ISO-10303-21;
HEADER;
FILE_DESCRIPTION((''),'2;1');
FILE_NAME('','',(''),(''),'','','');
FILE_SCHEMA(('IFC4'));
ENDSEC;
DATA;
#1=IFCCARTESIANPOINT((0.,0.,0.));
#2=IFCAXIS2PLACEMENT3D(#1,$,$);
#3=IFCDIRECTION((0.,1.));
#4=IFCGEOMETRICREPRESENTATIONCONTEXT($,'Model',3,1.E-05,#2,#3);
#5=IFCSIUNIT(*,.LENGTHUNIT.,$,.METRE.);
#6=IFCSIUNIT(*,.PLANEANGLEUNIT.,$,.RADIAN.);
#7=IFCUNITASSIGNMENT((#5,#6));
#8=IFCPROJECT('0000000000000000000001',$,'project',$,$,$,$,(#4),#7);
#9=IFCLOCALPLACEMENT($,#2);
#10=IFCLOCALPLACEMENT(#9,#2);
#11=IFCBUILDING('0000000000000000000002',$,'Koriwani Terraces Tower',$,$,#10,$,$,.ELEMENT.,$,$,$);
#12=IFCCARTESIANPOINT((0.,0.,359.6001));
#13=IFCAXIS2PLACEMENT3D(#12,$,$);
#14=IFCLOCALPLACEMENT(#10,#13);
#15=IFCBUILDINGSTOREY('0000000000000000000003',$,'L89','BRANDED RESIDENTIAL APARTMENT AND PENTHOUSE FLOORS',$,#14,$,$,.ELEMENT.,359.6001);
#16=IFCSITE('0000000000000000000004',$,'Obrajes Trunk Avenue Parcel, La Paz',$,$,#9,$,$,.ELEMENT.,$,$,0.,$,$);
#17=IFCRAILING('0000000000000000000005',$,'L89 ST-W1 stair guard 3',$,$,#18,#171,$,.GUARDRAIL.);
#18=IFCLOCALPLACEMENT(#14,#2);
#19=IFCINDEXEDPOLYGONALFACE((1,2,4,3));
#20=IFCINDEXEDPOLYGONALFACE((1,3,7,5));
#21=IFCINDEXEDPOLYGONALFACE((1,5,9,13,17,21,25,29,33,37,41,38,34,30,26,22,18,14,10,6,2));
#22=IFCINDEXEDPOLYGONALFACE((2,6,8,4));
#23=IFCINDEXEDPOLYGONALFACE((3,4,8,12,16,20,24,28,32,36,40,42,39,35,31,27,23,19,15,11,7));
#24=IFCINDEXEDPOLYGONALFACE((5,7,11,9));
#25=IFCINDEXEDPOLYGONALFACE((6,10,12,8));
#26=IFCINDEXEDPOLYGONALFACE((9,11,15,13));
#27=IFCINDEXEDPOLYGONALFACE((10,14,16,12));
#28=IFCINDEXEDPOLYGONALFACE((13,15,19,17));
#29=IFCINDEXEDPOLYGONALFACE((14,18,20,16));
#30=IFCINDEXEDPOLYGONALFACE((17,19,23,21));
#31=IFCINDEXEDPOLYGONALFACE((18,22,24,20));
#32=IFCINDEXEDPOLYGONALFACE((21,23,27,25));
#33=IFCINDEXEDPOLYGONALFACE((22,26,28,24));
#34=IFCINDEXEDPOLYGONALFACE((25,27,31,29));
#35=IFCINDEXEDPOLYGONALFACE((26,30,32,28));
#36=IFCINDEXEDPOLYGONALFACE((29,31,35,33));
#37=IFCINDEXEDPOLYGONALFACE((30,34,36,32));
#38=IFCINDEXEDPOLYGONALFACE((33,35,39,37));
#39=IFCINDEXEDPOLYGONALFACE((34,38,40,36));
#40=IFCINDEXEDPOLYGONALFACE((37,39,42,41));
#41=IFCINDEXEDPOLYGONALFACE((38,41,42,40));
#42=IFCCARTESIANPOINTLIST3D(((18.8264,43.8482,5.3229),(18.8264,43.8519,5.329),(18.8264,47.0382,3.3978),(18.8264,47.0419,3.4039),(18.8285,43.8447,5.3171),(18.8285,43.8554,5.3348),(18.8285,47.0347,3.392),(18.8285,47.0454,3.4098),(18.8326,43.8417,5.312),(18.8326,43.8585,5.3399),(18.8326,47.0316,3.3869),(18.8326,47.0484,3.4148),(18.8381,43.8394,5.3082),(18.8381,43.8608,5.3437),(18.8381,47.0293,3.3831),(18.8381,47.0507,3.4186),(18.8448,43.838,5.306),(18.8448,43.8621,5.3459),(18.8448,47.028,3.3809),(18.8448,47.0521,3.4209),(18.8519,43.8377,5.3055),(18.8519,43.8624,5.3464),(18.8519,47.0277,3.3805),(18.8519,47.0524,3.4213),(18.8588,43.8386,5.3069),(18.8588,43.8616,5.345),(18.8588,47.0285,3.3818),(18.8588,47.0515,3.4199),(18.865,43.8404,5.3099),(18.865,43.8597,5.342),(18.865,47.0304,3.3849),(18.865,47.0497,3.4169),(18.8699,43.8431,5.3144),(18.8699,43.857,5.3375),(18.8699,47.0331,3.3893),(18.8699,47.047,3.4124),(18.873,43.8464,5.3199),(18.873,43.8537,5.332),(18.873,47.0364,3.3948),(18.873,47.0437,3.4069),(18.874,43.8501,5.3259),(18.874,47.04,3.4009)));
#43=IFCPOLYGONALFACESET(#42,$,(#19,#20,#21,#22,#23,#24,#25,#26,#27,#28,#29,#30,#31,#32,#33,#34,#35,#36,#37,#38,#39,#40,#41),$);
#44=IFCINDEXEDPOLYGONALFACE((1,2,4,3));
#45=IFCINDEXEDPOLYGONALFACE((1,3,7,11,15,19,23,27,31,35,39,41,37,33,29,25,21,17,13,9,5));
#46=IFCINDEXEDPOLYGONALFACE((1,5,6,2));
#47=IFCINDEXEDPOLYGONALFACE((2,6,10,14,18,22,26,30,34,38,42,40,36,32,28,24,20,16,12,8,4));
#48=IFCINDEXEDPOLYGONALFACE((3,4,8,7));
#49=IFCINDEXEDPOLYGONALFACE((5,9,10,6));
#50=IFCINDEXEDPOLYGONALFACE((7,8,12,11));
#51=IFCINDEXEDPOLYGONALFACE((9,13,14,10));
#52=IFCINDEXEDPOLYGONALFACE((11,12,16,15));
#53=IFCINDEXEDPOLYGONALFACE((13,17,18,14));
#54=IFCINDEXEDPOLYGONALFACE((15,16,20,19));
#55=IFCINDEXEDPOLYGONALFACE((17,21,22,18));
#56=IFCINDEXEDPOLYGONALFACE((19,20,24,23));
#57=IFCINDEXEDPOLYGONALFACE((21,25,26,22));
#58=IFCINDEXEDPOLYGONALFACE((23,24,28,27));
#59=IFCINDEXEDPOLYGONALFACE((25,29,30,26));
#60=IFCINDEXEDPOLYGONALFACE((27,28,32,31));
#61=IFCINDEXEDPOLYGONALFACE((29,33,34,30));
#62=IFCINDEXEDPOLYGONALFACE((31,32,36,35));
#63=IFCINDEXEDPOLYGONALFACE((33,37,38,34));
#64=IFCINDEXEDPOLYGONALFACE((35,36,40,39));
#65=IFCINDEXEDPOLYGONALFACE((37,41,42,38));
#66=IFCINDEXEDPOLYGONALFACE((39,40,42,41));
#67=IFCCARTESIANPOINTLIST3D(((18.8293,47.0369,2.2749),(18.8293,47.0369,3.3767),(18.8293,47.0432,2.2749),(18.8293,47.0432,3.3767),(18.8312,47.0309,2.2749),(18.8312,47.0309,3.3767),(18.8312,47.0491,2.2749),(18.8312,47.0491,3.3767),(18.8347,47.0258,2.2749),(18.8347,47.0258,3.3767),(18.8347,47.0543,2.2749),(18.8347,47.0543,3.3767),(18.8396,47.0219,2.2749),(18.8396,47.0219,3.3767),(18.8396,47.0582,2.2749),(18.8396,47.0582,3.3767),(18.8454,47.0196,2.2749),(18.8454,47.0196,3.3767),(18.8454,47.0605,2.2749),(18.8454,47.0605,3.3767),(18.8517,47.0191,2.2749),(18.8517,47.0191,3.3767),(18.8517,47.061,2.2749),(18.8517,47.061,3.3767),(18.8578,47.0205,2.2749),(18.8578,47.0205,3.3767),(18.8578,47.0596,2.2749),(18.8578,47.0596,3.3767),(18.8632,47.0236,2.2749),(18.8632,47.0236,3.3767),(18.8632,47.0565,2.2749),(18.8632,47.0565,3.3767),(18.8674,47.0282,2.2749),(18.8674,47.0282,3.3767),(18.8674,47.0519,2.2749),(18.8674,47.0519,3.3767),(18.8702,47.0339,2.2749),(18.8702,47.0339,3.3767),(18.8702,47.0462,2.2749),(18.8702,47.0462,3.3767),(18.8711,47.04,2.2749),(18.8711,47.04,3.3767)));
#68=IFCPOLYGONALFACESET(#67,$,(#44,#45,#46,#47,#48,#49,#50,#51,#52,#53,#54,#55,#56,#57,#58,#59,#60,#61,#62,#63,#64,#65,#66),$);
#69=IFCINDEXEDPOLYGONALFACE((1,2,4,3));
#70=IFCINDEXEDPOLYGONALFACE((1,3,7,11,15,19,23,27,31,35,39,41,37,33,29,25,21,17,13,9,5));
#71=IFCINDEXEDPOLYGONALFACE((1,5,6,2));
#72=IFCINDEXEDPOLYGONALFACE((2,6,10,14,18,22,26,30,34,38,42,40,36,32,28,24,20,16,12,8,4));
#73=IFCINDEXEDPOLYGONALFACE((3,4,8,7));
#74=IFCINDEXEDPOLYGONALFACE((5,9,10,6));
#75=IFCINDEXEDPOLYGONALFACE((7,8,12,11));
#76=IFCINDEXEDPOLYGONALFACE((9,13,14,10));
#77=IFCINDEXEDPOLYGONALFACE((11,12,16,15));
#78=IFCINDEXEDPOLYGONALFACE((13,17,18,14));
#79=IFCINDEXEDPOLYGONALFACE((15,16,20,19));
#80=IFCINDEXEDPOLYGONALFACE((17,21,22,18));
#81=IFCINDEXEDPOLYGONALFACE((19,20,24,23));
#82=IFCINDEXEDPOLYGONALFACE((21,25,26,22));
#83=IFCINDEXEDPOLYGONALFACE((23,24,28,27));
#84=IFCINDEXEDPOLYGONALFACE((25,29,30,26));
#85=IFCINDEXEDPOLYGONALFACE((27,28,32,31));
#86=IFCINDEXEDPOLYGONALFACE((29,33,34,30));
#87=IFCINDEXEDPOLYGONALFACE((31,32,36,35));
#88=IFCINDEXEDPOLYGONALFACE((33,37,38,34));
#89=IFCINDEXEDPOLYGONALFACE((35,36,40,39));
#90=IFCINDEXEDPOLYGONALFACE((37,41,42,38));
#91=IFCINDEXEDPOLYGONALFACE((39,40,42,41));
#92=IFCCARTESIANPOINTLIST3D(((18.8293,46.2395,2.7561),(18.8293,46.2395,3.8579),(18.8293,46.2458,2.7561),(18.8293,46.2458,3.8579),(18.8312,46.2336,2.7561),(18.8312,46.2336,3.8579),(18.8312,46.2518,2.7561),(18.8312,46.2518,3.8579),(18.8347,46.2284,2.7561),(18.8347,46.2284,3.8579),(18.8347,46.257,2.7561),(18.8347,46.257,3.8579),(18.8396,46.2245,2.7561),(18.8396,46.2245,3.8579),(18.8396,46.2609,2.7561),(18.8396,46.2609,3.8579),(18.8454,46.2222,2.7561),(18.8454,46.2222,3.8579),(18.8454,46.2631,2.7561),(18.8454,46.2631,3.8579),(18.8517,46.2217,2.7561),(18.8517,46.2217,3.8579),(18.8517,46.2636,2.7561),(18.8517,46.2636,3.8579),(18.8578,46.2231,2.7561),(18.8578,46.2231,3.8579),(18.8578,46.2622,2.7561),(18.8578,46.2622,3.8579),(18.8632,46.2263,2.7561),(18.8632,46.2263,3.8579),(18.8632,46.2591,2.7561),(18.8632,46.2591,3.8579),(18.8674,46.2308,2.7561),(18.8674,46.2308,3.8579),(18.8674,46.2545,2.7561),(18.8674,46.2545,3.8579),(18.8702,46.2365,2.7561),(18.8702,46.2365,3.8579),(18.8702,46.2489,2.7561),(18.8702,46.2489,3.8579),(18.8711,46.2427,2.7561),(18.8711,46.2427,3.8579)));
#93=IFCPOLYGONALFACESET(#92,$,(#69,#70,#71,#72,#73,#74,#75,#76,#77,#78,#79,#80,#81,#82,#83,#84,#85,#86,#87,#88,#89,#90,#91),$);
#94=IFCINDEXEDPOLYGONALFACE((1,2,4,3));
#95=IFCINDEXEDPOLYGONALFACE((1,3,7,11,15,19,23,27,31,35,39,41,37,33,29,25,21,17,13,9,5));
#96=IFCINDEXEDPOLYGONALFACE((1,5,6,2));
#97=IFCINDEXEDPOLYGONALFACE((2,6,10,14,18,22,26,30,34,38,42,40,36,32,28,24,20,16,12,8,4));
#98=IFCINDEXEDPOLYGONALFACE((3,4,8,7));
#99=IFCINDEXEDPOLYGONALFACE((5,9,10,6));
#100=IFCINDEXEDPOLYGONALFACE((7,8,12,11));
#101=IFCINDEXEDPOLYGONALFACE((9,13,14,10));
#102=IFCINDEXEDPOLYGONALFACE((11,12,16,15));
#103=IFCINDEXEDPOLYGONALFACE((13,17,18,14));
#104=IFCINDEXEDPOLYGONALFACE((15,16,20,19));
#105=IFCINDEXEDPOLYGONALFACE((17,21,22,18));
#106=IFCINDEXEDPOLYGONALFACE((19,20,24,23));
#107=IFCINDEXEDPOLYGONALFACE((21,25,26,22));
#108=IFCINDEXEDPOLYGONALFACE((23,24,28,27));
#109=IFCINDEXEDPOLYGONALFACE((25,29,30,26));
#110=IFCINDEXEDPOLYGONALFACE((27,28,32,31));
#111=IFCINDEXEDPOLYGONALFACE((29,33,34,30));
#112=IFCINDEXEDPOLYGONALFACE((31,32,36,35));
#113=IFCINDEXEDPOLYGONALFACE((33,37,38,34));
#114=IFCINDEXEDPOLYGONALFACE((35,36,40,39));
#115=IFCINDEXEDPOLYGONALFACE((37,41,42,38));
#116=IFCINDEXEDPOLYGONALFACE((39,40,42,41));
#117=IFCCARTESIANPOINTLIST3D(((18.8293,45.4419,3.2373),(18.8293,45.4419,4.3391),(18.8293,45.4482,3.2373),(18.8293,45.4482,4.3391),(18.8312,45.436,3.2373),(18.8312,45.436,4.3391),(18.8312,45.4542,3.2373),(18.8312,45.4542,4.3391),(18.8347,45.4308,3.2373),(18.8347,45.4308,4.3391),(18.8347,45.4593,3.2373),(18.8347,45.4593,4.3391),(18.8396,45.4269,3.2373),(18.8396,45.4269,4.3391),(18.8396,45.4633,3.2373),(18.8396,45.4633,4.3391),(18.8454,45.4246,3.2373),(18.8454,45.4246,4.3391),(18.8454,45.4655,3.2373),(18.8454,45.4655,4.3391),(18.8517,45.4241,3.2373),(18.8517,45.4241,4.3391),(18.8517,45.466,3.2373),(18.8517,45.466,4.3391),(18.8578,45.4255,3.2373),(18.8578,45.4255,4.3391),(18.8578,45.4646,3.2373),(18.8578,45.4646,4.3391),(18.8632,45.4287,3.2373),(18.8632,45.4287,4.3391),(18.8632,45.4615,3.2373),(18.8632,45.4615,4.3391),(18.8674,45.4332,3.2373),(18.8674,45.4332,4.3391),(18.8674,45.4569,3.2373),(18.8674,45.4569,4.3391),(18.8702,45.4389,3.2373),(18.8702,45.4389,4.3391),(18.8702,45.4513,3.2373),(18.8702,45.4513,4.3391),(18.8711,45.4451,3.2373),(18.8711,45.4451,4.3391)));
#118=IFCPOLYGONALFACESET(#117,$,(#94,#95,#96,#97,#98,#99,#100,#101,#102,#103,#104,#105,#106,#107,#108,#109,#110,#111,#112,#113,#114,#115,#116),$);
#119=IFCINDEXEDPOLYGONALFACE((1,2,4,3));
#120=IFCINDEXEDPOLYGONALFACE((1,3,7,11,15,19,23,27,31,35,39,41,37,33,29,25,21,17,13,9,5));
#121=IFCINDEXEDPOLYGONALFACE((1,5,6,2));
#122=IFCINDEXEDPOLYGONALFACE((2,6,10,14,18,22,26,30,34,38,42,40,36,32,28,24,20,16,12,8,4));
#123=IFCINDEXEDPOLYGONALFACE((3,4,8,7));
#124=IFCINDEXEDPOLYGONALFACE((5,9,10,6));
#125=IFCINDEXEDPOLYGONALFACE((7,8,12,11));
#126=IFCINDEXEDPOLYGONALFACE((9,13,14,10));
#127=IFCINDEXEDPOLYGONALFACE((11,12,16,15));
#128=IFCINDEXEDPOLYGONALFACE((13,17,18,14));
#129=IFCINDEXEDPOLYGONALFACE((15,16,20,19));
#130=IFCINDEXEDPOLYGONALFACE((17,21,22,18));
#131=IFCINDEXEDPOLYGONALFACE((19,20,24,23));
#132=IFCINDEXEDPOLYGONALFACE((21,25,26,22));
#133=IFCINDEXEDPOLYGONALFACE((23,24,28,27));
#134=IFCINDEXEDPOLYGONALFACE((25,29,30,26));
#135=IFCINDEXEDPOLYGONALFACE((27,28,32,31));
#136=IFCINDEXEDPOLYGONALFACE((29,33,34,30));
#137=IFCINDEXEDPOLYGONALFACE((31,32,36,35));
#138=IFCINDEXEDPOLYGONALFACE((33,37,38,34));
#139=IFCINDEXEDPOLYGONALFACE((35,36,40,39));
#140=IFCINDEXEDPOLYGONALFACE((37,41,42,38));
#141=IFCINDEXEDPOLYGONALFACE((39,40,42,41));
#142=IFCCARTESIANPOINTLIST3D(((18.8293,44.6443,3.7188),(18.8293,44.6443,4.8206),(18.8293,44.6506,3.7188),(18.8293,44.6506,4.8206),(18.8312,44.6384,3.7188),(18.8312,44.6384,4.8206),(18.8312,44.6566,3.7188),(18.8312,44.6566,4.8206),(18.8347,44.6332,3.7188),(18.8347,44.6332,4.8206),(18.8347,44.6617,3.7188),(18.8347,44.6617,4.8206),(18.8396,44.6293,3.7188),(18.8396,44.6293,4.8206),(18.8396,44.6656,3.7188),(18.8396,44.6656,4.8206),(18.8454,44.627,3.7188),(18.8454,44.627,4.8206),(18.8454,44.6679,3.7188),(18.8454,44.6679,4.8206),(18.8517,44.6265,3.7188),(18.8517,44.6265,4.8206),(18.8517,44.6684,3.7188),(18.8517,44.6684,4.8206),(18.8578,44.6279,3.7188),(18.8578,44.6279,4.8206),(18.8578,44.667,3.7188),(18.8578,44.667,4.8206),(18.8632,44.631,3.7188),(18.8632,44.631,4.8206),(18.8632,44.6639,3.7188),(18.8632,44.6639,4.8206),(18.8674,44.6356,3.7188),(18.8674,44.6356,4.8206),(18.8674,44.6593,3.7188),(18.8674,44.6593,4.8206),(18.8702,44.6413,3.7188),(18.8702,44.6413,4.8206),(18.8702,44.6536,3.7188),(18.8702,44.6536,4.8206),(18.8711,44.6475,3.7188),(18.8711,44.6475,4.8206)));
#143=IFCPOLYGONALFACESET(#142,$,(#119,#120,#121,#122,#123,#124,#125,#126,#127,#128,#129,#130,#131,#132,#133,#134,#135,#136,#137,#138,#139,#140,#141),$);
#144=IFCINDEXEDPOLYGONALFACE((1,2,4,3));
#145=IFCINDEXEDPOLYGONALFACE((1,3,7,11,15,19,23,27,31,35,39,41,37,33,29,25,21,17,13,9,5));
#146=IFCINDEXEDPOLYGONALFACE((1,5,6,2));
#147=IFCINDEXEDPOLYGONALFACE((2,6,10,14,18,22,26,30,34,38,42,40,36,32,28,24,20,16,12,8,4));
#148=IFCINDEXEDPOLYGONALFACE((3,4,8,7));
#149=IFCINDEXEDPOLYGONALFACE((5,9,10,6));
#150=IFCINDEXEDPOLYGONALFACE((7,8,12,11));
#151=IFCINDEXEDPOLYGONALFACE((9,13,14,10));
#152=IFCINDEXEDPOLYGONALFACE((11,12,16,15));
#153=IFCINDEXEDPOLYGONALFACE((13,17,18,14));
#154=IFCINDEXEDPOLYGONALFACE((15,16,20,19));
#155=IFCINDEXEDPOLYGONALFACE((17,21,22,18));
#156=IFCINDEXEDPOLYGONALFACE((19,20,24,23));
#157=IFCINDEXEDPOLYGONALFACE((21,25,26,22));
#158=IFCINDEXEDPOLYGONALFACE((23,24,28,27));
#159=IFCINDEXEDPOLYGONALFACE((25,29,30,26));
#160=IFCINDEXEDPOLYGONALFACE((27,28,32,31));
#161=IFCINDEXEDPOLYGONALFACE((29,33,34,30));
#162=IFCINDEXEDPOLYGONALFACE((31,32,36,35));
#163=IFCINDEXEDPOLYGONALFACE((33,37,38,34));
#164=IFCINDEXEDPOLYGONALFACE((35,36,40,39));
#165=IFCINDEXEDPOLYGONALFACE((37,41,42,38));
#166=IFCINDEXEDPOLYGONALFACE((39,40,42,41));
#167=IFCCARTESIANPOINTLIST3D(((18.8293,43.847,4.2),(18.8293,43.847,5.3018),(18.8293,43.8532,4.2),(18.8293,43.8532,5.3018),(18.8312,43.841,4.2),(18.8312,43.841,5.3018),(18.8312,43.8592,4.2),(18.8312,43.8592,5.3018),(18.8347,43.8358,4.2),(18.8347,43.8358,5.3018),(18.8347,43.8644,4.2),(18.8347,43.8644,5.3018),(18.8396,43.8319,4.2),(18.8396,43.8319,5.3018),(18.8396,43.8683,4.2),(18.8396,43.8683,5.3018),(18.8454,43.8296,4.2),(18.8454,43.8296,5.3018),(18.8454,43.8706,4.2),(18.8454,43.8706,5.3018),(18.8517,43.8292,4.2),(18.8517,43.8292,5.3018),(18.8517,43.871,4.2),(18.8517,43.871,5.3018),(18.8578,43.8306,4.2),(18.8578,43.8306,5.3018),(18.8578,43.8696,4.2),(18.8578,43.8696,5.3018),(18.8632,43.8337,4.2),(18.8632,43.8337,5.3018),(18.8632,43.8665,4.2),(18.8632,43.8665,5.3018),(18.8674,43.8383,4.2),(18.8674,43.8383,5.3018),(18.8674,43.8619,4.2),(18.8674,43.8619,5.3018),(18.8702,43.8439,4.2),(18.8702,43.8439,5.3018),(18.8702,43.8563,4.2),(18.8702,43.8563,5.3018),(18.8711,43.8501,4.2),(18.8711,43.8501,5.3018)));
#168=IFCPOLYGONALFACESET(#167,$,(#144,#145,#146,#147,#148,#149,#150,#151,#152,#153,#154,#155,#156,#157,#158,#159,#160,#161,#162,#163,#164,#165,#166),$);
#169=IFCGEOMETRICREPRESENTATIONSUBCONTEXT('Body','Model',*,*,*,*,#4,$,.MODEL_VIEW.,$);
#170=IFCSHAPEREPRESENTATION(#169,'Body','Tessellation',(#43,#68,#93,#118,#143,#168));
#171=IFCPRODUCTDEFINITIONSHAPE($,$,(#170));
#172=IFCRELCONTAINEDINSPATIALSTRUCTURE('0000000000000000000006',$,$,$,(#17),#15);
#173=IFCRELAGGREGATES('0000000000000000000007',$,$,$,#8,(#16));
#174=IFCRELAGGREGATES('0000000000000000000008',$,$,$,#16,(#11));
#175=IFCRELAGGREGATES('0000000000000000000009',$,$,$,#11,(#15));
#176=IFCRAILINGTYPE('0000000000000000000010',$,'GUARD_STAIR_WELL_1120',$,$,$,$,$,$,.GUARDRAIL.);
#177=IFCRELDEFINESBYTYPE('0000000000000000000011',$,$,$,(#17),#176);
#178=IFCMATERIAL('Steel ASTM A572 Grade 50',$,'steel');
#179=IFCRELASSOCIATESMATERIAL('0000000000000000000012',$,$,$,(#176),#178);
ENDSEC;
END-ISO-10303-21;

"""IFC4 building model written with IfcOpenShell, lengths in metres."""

from ifc_helpers import new_model, si_unit, direction, frame, origin, origin_2d, place, context, subcontext, project, spatial, circle, extrude, material, type_object, element, save


model = new_model("IFC4")

# Units and contexts
model_context = context("Model", 3, precision=1e-05, world=origin(), true_north=direction((0.0, 1.0)))
body_context = subcontext(model_context, "Body", "Model", "MODEL_VIEW")
ifc_project = project(units=[si_unit("LENGTHUNIT", "METRE"), si_unit("PLANEANGLEUNIT", "RADIAN")], contexts=[model_context])

# Site, building, storey
site_placement = place(None, origin())
site = spatial("IfcSite", under=ifc_project, at=site_placement, Name="Obrajes Trunk Avenue Parcel, La Paz", CompositionType="ELEMENT", RefElevation=0.0)
building_placement = place(site_placement, origin())
building = spatial("IfcBuilding", under=site, at=building_placement, Name="Koriwani Terraces Tower", CompositionType="ELEMENT")
storey_placement = place(building_placement, frame((0.0, 0.0, 359.6001)))
storey = spatial("IfcBuildingStorey", under=building, at=storey_placement, Name="L89", Description="BRANDED RESIDENTIAL APARTMENT AND PENTHOUSE FLOORS", CompositionType="ELEMENT", Elevation=359.6001)

# Shared definitions
ifc_material_1 = material(Name="Steel ASTM A572 Grade 50", Category="steel")

# Railing
railing_type_1 = type_object("IfcRailingType", Name="GUARD_STAIR_WELL_1120", PredefinedType="GUARDRAIL", material=ifc_material_1)
railing_1_placement = place(storey_placement, frame((18.8501, 47.04, 2.2749)))
element("IfcRailing", 1, at=railing_1_placement, inside=storey, type_object=railing_type_1, Name="L89 ST-W1 stair guard 3", PredefinedType="GUARDRAIL", context=body_context, shape_type="SweptSolid", body=[
    extrude(circle(Radius=0.0239, at=origin_2d()), frame((0.0, 0.0, 1.126), z_axis=(0.0, -0.856178, 0.516682), x_axis=(1.0, 0.0, 0.0)), (0.0, 0.0, 1.0), 3.7258),
    extrude(circle(Radius=0.021, at=origin_2d()), origin(), (0.0, 0.0, 1.0), 1.1018),
    extrude(circle(Radius=0.021, at=origin_2d()), frame((0.0, -0.7974, 0.4812)), (0.0, 0.0, 1.0), 1.1018),
    extrude(circle(Radius=0.021, at=origin_2d()), frame((0.0, -1.595, 0.9624)), (0.0, 0.0, 1.0), 1.1018),
    extrude(circle(Radius=0.021, at=origin_2d()), frame((0.0, -2.3926, 1.4438)), (0.0, 0.0, 1.0), 1.1018),
    extrude(circle(Radius=0.021, at=origin_2d()), frame((0.0, -3.1899, 1.925)), (0.0, 0.0, 1.0), 1.1018),
])

save(model, "model.ifc")
